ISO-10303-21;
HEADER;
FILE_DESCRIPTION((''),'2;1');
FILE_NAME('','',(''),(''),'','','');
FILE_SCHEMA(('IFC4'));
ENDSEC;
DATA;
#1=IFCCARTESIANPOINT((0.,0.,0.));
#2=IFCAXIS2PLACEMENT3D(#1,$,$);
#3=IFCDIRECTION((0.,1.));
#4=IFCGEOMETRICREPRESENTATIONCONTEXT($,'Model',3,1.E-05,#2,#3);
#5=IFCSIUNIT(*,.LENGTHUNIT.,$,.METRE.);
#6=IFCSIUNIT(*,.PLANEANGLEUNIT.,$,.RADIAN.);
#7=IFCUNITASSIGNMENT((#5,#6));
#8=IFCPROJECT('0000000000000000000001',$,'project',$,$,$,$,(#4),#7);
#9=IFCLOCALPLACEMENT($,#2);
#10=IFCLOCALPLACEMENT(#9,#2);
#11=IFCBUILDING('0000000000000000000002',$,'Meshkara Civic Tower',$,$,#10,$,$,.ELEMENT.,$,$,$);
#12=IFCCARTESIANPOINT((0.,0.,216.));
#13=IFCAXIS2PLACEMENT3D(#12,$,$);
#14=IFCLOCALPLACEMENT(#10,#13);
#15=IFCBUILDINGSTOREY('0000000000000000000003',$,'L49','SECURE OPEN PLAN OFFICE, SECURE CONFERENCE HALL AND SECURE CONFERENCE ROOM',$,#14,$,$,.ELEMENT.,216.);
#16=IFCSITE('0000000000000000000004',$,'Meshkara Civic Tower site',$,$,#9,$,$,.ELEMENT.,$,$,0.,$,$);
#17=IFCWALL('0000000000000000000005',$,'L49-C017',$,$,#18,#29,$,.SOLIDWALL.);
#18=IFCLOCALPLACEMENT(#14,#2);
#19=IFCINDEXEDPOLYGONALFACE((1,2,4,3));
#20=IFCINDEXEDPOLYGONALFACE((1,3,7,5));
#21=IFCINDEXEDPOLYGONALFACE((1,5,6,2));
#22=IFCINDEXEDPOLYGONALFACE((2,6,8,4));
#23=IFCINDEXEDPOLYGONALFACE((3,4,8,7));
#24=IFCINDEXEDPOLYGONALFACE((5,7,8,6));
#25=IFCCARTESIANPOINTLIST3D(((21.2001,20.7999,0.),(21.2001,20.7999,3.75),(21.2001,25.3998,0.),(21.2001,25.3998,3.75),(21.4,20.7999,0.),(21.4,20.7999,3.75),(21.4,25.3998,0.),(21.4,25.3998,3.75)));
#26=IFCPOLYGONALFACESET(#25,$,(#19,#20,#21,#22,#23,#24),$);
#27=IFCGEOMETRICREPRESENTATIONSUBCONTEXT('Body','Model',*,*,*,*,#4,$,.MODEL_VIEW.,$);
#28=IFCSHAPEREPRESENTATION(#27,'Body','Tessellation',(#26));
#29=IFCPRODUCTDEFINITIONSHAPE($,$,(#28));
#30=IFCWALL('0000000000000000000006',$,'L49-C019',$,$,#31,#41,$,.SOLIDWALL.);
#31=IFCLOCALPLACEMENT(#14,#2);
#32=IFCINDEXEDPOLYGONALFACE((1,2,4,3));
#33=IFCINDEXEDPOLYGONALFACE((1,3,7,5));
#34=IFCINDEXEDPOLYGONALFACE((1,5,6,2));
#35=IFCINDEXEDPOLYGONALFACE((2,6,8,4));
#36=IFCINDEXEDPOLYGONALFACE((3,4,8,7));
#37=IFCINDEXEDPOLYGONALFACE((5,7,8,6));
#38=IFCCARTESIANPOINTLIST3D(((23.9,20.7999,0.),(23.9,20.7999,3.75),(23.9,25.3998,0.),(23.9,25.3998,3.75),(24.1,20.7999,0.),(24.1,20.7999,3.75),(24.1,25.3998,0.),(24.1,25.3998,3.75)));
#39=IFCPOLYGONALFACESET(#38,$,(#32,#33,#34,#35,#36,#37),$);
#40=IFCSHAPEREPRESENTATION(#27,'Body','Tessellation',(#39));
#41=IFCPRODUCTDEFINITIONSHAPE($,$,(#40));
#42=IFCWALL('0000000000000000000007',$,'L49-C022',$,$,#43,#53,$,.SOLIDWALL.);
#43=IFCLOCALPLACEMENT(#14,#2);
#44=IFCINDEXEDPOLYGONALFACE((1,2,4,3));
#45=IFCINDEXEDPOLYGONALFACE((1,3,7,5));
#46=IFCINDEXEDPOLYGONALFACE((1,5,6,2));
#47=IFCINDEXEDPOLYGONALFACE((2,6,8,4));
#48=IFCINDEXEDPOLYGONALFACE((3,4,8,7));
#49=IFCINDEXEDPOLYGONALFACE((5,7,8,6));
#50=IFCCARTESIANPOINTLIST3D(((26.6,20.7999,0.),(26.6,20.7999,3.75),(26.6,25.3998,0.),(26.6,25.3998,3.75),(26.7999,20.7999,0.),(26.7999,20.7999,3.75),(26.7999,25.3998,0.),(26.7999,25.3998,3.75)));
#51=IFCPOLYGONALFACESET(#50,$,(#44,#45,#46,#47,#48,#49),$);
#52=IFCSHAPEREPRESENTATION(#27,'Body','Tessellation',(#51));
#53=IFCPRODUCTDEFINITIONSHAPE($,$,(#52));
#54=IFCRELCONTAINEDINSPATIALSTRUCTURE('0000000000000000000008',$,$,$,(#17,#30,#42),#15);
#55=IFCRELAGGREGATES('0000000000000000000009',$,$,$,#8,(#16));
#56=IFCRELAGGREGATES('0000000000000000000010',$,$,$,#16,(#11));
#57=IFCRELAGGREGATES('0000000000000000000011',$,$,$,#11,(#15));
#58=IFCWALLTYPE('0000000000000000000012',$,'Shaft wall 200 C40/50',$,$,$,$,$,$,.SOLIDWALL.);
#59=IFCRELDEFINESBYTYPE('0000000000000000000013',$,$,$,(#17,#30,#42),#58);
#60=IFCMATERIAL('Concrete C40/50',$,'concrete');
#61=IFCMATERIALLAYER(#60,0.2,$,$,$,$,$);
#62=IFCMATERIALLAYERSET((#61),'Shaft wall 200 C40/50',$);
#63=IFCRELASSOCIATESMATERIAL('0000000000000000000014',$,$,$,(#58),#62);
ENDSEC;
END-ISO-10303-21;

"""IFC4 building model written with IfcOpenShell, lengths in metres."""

from ifc_helpers import new_model, si_unit, direction, frame, frame_2d, origin, place, context, subcontext, project, spatial, rectangle, extrude, material, layer, layer_set, type_object, element, save


model = new_model("IFC4")

# Units and contexts
model_context = context("Model", 3, precision=1e-05, world=origin(), true_north=direction((0.0, 1.0)))
body_context = subcontext(model_context, "Body", "Model", "MODEL_VIEW")
ifc_project = project(units=[si_unit("LENGTHUNIT", "METRE"), si_unit("PLANEANGLEUNIT", "RADIAN")], contexts=[model_context])

# Site, building, storey
site_placement = place(None, origin())
site = spatial("IfcSite", under=ifc_project, at=site_placement, Name="Meshkara Civic Tower site", CompositionType="ELEMENT", RefElevation=0.0)
building_placement = place(site_placement, origin())
building = spatial("IfcBuilding", under=site, at=building_placement, Name="Meshkara Civic Tower", CompositionType="ELEMENT")
storey_placement = place(building_placement, frame((0.0, 0.0, 216.0)))
storey = spatial("IfcBuildingStorey", under=building, at=storey_placement, Name="L49", Description="SECURE OPEN PLAN OFFICE, SECURE CONFERENCE HALL AND SECURE CONFERENCE ROOM", CompositionType="ELEMENT", Elevation=216.0)

# Shared definitions
ifc_material_1 = material(Name="Concrete C40/50", Category="concrete")
ifc_layer_1 = layer(ifc_material_1, 0.2)
ifc_layer_set_1 = layer_set([ifc_layer_1], Name="Shaft wall 200 C40/50")
wall_type_1 = type_object("IfcWallType", Name="Shaft wall 200 C40/50", PredefinedType="SOLIDWALL", material=ifc_layer_set_1)

# Walls
for number, where, z_axis, x_axis, name in (
    (1, (21.3, 20.8, 0.0), (0.0, 0.0, 1.0), (0.0, 1.0, 0.0), "L49-C017"),
    (2, (24.0, 20.8, 0.0), (0.0, 0.0, 1.0), (0.0, 1.0, 0.0), "L49-C019"),
    (3, (26.7, 20.8, 0.0), (0.0, 0.0, 1.0), (0.0, 1.0, 0.0), "L49-C022"),
):
    element("IfcWall", number, at=place(storey_placement, frame(where, z_axis=z_axis, x_axis=x_axis)), inside=storey, type_object=wall_type_1, Name=name, PredefinedType="SOLIDWALL", context=body_context, shape_type="SweptSolid", body=[
        extrude(rectangle(XDim=4.5999, YDim=0.2, at=frame_2d((2.2998, 0.0))), origin(), (0.0, 0.0, 1.0), 3.75),
    ])

save(model, "model.ifc")
